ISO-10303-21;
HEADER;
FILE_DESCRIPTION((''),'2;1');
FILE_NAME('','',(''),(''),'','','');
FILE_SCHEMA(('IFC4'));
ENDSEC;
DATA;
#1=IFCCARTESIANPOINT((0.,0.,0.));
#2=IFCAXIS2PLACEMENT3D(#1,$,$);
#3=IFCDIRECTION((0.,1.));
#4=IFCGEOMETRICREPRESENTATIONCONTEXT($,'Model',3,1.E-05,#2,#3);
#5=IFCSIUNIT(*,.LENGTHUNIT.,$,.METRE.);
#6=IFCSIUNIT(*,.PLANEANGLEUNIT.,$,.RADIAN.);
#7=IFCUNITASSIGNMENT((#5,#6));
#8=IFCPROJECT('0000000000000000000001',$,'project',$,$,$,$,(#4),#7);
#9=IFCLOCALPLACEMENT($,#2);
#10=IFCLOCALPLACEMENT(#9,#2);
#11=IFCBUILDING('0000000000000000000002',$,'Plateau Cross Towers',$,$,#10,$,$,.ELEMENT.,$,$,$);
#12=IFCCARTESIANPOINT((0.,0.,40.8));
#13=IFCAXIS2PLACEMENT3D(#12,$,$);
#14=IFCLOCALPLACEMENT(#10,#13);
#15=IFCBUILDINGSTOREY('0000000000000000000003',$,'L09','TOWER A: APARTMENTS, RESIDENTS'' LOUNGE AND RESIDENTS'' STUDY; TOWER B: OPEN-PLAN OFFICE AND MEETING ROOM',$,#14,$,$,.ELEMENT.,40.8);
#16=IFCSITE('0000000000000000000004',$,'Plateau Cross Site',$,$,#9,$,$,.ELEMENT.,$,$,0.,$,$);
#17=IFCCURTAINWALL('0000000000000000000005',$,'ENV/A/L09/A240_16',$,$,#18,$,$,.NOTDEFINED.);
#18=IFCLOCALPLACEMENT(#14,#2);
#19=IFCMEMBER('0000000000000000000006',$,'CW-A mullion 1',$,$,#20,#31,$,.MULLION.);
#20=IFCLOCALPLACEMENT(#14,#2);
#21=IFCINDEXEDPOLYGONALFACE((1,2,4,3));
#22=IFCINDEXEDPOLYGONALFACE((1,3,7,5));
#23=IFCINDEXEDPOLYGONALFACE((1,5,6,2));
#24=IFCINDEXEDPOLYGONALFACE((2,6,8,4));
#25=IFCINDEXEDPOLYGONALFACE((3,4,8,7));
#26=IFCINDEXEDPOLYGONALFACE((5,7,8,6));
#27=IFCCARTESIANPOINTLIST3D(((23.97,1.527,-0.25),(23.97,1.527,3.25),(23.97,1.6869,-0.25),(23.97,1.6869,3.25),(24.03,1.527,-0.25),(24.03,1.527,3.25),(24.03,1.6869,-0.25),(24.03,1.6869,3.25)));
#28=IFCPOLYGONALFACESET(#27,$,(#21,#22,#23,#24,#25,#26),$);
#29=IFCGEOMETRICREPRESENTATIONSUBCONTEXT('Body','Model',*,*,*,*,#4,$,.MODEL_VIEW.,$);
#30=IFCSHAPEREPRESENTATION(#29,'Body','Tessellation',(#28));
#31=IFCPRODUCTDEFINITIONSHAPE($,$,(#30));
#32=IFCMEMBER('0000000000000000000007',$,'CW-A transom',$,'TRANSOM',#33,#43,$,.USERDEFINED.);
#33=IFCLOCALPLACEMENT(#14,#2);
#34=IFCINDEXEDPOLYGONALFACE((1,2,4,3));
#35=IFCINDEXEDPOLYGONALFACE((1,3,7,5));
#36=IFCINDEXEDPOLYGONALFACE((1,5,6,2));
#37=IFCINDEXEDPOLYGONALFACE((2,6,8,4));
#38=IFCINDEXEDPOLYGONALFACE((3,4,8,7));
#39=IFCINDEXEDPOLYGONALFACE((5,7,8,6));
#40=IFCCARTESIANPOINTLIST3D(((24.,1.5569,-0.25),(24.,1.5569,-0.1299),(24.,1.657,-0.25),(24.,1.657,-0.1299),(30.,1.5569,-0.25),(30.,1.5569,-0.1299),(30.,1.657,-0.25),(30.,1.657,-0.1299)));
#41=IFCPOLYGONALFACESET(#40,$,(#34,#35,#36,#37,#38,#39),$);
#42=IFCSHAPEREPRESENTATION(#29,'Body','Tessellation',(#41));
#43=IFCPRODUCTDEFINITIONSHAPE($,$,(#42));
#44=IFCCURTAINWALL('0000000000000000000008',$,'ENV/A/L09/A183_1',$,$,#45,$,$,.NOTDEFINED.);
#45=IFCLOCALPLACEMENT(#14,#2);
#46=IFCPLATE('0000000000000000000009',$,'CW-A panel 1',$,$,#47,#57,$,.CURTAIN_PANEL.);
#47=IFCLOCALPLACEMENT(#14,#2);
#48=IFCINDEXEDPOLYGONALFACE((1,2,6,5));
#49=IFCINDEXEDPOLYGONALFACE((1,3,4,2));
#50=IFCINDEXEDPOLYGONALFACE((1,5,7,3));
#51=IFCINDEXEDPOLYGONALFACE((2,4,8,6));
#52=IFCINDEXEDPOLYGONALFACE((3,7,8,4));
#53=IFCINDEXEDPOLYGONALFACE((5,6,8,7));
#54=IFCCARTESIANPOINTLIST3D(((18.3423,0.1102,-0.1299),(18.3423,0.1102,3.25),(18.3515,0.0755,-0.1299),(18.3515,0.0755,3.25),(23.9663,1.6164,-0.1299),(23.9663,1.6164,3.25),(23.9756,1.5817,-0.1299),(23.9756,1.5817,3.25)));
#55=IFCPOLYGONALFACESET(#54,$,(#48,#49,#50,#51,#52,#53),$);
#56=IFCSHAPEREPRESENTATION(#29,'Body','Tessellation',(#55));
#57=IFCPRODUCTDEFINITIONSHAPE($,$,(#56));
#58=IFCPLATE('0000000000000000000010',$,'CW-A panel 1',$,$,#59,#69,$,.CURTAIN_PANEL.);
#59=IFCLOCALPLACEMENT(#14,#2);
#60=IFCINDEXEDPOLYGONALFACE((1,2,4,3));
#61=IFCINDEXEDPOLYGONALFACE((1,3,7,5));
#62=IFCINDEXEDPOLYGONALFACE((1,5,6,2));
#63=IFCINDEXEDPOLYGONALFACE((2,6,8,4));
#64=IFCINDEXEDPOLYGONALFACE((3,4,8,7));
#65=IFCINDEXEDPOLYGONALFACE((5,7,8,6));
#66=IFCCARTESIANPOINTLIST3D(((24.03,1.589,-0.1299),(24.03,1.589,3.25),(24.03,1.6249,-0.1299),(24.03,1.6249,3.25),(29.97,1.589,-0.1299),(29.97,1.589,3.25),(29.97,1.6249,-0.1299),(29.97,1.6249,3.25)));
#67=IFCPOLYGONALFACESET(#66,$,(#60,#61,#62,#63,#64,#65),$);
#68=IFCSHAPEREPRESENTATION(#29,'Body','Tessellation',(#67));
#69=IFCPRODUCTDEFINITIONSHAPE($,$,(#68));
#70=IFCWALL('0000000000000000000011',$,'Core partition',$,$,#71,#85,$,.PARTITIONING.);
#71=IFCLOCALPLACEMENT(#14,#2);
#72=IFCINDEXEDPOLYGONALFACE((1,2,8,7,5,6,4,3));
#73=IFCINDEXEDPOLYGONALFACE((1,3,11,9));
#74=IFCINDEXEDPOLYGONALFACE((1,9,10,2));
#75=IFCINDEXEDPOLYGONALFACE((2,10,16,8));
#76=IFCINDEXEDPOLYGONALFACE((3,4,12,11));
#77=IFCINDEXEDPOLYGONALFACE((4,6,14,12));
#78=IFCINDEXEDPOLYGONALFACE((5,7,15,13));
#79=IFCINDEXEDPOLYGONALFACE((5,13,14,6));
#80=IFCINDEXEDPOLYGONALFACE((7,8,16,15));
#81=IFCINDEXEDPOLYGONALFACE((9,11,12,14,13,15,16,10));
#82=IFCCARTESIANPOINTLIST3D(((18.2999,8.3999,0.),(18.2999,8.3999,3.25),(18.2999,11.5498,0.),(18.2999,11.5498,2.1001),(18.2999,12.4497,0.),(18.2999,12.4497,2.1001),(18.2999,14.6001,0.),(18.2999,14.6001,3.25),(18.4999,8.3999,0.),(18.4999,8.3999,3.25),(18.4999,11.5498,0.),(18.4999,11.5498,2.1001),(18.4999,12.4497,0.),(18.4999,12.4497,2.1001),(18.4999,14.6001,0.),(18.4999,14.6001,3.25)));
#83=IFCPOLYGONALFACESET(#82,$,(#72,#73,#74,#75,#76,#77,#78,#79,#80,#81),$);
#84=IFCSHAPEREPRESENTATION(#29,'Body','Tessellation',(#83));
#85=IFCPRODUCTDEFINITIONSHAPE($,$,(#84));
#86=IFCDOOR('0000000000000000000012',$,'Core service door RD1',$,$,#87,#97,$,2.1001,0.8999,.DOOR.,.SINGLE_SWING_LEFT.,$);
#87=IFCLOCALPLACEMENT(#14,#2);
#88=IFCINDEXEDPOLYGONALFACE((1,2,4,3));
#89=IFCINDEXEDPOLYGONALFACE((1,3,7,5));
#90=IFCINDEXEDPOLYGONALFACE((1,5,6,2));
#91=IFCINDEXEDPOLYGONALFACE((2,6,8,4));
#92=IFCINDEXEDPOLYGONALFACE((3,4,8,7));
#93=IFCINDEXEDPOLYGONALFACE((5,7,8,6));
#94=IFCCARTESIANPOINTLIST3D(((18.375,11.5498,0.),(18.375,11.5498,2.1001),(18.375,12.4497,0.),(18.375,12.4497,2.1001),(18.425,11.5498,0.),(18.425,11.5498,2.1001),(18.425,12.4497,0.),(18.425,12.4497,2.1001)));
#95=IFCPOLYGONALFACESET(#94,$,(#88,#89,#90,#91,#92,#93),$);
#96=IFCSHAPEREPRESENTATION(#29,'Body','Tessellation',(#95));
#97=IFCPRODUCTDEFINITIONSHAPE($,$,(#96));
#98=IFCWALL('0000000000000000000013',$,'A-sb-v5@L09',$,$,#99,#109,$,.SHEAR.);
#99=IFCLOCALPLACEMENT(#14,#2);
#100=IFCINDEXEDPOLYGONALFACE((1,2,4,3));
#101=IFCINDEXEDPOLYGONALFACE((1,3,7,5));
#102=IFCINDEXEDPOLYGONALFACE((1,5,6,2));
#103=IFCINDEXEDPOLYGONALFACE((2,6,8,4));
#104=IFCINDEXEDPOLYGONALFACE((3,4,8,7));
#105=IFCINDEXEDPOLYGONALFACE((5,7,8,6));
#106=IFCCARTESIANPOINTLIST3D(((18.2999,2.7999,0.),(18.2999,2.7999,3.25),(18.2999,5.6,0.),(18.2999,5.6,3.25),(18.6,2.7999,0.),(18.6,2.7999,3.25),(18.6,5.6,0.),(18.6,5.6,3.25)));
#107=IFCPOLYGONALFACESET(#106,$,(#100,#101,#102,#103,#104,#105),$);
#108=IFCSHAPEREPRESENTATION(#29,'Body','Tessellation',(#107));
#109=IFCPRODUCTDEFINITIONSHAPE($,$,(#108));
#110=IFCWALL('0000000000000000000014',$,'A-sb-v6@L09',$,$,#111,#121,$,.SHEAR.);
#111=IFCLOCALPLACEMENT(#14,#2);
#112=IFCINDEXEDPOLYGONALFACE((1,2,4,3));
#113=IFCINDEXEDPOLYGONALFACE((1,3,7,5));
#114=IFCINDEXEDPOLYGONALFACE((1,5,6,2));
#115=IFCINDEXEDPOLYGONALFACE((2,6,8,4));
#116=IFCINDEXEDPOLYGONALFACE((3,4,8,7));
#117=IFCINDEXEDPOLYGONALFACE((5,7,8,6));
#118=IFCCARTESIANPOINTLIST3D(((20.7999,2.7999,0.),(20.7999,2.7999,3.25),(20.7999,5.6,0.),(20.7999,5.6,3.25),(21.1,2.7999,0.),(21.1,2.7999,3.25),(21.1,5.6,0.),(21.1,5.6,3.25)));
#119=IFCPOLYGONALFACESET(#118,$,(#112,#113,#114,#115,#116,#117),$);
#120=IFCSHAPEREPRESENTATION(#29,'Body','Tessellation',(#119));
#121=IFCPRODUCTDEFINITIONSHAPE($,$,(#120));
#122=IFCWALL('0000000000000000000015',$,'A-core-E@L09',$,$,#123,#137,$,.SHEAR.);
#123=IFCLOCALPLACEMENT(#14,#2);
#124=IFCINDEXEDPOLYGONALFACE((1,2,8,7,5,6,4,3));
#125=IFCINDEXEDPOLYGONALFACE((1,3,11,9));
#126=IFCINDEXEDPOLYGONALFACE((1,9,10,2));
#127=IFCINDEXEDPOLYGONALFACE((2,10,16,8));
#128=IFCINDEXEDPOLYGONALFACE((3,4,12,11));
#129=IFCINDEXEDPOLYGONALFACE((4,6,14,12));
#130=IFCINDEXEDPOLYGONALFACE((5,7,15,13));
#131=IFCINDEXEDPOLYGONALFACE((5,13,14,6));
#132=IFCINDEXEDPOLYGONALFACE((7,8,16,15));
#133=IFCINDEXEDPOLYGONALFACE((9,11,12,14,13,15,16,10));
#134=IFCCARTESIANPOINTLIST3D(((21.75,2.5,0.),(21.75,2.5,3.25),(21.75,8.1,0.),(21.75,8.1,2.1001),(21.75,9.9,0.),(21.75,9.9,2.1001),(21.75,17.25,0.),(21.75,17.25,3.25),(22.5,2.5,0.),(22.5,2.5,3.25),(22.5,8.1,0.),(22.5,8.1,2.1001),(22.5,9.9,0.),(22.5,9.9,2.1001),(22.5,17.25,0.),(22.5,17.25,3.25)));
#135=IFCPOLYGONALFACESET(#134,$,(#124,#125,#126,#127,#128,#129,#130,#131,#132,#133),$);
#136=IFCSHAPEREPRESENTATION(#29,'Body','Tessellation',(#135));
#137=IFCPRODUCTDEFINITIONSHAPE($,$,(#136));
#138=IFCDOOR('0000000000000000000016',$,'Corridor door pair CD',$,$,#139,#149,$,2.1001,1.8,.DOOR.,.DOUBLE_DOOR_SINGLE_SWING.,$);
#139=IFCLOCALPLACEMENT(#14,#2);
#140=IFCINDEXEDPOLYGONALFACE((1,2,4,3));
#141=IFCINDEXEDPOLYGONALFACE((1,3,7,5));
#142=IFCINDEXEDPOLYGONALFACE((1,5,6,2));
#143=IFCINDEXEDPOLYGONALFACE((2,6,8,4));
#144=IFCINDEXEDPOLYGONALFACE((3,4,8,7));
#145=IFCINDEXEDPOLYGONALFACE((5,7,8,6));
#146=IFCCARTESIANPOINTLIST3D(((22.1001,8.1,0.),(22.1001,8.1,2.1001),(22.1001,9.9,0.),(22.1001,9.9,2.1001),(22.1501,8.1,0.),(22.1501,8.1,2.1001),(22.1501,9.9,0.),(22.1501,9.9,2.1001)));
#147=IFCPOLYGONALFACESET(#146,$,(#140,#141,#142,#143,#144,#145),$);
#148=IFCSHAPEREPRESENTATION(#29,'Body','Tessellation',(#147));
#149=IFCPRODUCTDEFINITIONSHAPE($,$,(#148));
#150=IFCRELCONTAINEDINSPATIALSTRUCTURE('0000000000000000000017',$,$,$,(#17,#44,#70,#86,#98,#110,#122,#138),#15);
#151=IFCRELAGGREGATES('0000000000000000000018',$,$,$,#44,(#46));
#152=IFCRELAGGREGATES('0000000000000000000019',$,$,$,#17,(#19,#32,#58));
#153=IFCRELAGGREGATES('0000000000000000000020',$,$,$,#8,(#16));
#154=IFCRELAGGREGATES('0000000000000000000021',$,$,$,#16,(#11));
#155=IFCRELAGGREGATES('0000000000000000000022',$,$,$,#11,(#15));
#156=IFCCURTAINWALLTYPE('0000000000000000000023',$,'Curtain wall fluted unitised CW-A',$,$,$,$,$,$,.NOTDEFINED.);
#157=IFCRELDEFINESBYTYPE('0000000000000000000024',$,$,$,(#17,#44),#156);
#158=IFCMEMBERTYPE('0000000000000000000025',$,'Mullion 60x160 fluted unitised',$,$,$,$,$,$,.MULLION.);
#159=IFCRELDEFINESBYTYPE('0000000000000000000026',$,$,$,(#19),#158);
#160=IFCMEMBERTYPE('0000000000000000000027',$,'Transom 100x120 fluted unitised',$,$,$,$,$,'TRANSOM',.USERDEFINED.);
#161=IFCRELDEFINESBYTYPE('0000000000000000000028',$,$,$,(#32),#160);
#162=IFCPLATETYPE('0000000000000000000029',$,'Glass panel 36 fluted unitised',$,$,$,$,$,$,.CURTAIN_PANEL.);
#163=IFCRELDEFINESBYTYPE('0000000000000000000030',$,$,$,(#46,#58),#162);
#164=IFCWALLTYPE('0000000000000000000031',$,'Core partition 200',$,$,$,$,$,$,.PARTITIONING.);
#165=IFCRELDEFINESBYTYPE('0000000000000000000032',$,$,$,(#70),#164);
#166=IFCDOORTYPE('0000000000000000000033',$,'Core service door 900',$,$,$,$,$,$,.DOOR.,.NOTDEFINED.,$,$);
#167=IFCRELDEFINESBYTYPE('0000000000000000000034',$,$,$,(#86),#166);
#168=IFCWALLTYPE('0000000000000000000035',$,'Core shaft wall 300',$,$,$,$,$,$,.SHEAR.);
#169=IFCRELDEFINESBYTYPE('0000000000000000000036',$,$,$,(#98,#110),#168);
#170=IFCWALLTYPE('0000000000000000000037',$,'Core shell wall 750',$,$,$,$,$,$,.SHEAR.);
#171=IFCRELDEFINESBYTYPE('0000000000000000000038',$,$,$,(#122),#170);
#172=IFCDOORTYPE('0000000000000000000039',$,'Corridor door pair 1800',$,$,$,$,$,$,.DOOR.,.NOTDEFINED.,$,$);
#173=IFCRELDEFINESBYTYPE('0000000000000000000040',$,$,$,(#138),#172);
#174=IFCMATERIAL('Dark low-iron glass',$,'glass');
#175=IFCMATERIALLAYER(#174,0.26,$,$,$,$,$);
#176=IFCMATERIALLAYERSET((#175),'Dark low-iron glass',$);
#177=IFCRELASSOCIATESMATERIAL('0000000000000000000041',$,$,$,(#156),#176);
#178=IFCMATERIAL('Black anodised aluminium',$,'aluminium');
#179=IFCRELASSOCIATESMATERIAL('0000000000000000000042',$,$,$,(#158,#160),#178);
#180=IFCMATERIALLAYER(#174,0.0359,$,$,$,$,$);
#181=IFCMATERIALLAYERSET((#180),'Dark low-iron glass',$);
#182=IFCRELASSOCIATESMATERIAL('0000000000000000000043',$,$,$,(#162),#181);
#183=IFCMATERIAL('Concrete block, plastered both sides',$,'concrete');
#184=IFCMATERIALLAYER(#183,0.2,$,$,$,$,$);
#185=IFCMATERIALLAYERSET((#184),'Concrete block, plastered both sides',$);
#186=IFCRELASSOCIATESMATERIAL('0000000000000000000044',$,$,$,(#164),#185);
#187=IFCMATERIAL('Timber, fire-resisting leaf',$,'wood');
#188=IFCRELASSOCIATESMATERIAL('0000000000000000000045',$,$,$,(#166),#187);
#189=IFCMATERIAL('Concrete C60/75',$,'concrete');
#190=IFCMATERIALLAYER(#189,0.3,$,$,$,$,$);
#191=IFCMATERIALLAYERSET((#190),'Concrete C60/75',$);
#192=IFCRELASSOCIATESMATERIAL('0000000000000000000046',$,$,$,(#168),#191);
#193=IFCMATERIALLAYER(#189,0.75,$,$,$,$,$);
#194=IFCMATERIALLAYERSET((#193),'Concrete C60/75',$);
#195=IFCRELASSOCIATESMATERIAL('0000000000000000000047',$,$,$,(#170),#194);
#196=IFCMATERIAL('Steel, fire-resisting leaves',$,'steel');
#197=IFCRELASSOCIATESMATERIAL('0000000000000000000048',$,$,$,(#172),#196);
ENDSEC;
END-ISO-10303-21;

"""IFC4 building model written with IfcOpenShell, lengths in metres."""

from ifc_helpers import new_model, si_unit, direction, frame, frame_2d, origin, origin_2d, place, context, subcontext, project, spatial, rectangle, extrude, material, layer, layer_set, material_profile, profile_set, type_object, element, fill, aggregate, save


model = new_model("IFC4")

# Units and contexts
model_context = context("Model", 3, precision=1e-05, world=origin(), true_north=direction((0.0, 1.0)))
body_context = subcontext(model_context, "Body", "Model", "MODEL_VIEW")
ifc_project = project(units=[si_unit("LENGTHUNIT", "METRE"), si_unit("PLANEANGLEUNIT", "RADIAN")], contexts=[model_context])

# Site, building, storey
site_placement = place(None, origin())
site = spatial("IfcSite", under=ifc_project, at=site_placement, Name="Plateau Cross Site", CompositionType="ELEMENT", RefElevation=0.0)
building_placement = place(site_placement, origin())
building = spatial("IfcBuilding", under=site, at=building_placement, Name="Plateau Cross Towers", CompositionType="ELEMENT")
storey_placement = place(building_placement, frame((0.0, 0.0, 40.8)))
storey = spatial("IfcBuildingStorey", under=building, at=storey_placement, Name="L09", Description="TOWER A: APARTMENTS, RESIDENTS' LOUNGE AND RESIDENTS' STUDY; TOWER B: OPEN-PLAN OFFICE AND MEETING ROOM", CompositionType="ELEMENT", Elevation=40.8)

# Curtain wall, members
ifc_material_1 = material(Name="Dark low-iron glass", Category="glass")
ifc_layer_1 = layer(ifc_material_1, 0.26)
ifc_layer_set_1 = layer_set([ifc_layer_1], Name="Dark low-iron glass")
curtain_wall_type = type_object("IfcCurtainWallType", Name="Curtain wall fluted unitised CW-A", PredefinedType="NOTDEFINED", material=ifc_layer_set_1)
curtain_wall_1_placement = place(storey_placement, origin())
curtain_wall_1 = element("IfcCurtainWall", 1, at=curtain_wall_1_placement, inside=storey, type_object=curtain_wall_type, Name="ENV/A/L09/A240_16", PredefinedType="NOTDEFINED")
ifc_material_2 = material(Name="Black anodised aluminium", Category="aluminium")
ifc_material_profile_1 = material_profile(ifc_material_2, rectangle(XDim=0.0601, YDim=0.1599, at=origin_2d()), Name="MULLION 60x160")
ifc_profile_set_1 = profile_set([ifc_material_profile_1], Name="Black anodised aluminium")
member_type_1 = type_object("IfcMemberType", Name="Mullion 60x160 fluted unitised", PredefinedType="MULLION", material=ifc_profile_set_1)
member_1_placement = place(storey_placement, frame((24.0, 1.6069, -0.25), z_axis=(0.0, 0.0, 1.0), x_axis=(1.0, 0.0, 0.0)))
member_1 = element("IfcMember", 2, at=member_1_placement, type_object=member_type_1, Name="CW-A mullion 1", PredefinedType="MULLION", context=body_context, shape_type="SweptSolid", body=[
    extrude(rectangle(XDim=0.0601, YDim=0.1599, at=origin_2d()), origin(), (0.0, 0.0, 1.0), 3.5),
])
ifc_material_profile_2 = material_profile(ifc_material_2, rectangle(XDim=0.1001, YDim=0.1201, at=origin_2d()), Name="TRANSOM 100x120")
ifc_profile_set_2 = profile_set([ifc_material_profile_2], Name="Black anodised aluminium")
member_type_2 = type_object("IfcMemberType", Name="Transom 100x120 fluted unitised", ElementType="TRANSOM", PredefinedType="USERDEFINED", material=ifc_profile_set_2)
member_2_placement = place(storey_placement, frame((24.0, 1.6069, -0.1899), z_axis=(1.0, 0.0, 0.0), x_axis=(0.0, 1.0, 0.0)))
member_2 = element("IfcMember", 3, at=member_2_placement, type_object=member_type_2, Name="CW-A transom", ObjectType="TRANSOM", PredefinedType="USERDEFINED", context=body_context, shape_type="SweptSolid", body=[
    extrude(rectangle(XDim=0.1001, YDim=0.1201, at=origin_2d()), origin(), (0.0, 0.0, 1.0), 6.0),
])

# Curtain wall, plate
curtain_wall_2_placement = place(storey_placement, origin())
curtain_wall_2 = element("IfcCurtainWall", 4, at=curtain_wall_2_placement, inside=storey, type_object=curtain_wall_type, Name="ENV/A/L09/A183_1", PredefinedType="NOTDEFINED")
ifc_layer_2 = layer(ifc_material_1, 0.0359)
ifc_layer_set_2 = layer_set([ifc_layer_2], Name="Dark low-iron glass")
plate_type = type_object("IfcPlateType", Name="Glass panel 36 fluted unitised", PredefinedType="CURTAIN_PANEL", material=ifc_layer_set_2)
plate_1_placement = place(storey_placement, frame((21.1589, 0.8459, -0.1299), z_axis=(0.0, 0.0, 1.0), x_axis=(0.965958, 0.258699, 0.0)))
plate_1 = element("IfcPlate", 5, at=plate_1_placement, type_object=plate_type, Name="CW-A panel 1", PredefinedType="CURTAIN_PANEL", context=body_context, shape_type="SweptSolid", body=[
    extrude(rectangle(XDim=5.8223, YDim=0.0359, at=origin_2d()), origin(), (0.0, 0.0, 1.0), 3.3799),
])
aggregate(curtain_wall_2, [plate_1])

# Plate
plate_2_placement = place(storey_placement, frame((27.0, 1.6069, -0.1299), z_axis=(0.0, 0.0, 1.0), x_axis=(1.0, 0.0, 0.0)))
plate_2 = element("IfcPlate", 6, at=plate_2_placement, type_object=plate_type, Name="CW-A panel 1", PredefinedType="CURTAIN_PANEL", context=body_context, shape_type="SweptSolid", body=[
    extrude(rectangle(XDim=5.9399, YDim=0.0359, at=origin_2d()), origin(), (0.0, 0.0, 1.0), 3.3799),
])
aggregate(curtain_wall_1, [member_1, member_2, plate_2])

# Wall, opening, door
ifc_material_3 = material(Name="Concrete block, plastered both sides", Category="concrete")
ifc_layer_3 = layer(ifc_material_3, 0.2)
ifc_layer_set_3 = layer_set([ifc_layer_3], Name="Concrete block, plastered both sides")
wall_type_1 = type_object("IfcWallType", Name="Core partition 200", PredefinedType="PARTITIONING", material=ifc_layer_set_3)
wall_1_placement = place(storey_placement, frame((18.3999, 8.3999, 0.0), z_axis=(0.0, 0.0, 1.0), x_axis=(0.0, 1.0, 0.0)))
wall_1 = element("IfcWall", 7, at=wall_1_placement, inside=storey, type_object=wall_type_1, Name="Core partition", PredefinedType="PARTITIONING", context=body_context, shape_type="SweptSolid", body=[
    extrude(rectangle(XDim=6.2002, YDim=0.2, at=frame_2d((3.1001, 0.0))), origin(), (0.0, 0.0, 1.0), 3.25),
])
opening_1_placement = place(wall_1_placement, frame((3.1499, 0.0, 0.0)))
opening_1 = element("IfcOpeningElement", 8, at=opening_1_placement, cuts=wall_1, PredefinedType="OPENING", context=body_context, shape_type="SweptSolid", body=[
    extrude(rectangle(XDim=0.8999, YDim=2.1001, at=frame_2d((0.45, 1.05))), frame((0.0, 0.1099, 0.0), z_axis=(0.0, -1.0, 0.0), x_axis=(1.0, 0.0, 0.0)), (0.0, 0.0, 1.0), 0.22),
])
ifc_material_4 = material(Name="Timber, fire-resisting leaf", Category="wood")
door_type_1 = type_object("IfcDoorType", Name="Core service door 900", OperationType="NOTDEFINED", PredefinedType="DOOR", material=ifc_material_4)
door_1_placement = place(opening_1_placement, origin())
door_1 = element("IfcDoor", 9, at=door_1_placement, inside=storey, type_object=door_type_1, Name="Core service door RD1", OperationType="SINGLE_SWING_LEFT", OverallHeight=2.1001, OverallWidth=0.8999, PredefinedType="DOOR", context=body_context, shape_type="SweptSolid", body=[
    extrude(rectangle(XDim=0.8999, YDim=2.1001, at=frame_2d((0.45, 1.05))), frame((0.0, 0.0249, 0.0), z_axis=(0.0, -1.0, 0.0), x_axis=(1.0, 0.0, 0.0)), (0.0, 0.0, 1.0), 0.05),
])
fill(opening_1, door_1)

# Walls
ifc_material_5 = material(Name="Concrete C60/75", Category="concrete")
ifc_layer_4 = layer(ifc_material_5, 0.3)
ifc_layer_set_4 = layer_set([ifc_layer_4], Name="Concrete C60/75")
wall_type_2 = type_object("IfcWallType", Name="Core shaft wall 300", PredefinedType="SHEAR", material=ifc_layer_set_4)
for number, where, z_axis, x_axis, name in (
    (10, (18.45, 2.8, 0.0), (0.0, 0.0, 1.0), (0.0, 1.0, 0.0), "A-sb-v5@L09"),
    (11, (20.95, 2.8, 0.0), (0.0, 0.0, 1.0), (0.0, 1.0, 0.0), "A-sb-v6@L09"),
):
    element("IfcWall", number, at=place(storey_placement, frame(where, z_axis=z_axis, x_axis=x_axis)), inside=storey, type_object=wall_type_2, Name=name, PredefinedType="SHEAR", context=body_context, shape_type="SweptSolid", body=[
        extrude(rectangle(XDim=2.8, YDim=0.3, at=frame_2d((1.3999, 0.0))), origin(), (0.0, 0.0, 1.0), 3.25),
    ])

# Wall, opening, door
ifc_layer_5 = layer(ifc_material_5, 0.75)
ifc_layer_set_5 = layer_set([ifc_layer_5], Name="Concrete C60/75")
wall_type_3 = type_object("IfcWallType", Name="Core shell wall 750", PredefinedType="SHEAR", material=ifc_layer_set_5)
wall_2_placement = place(storey_placement, frame((22.125, 2.5, 0.0), z_axis=(0.0, 0.0, 1.0), x_axis=(0.0, 1.0, 0.0)))
wall_2 = element("IfcWall", 12, at=wall_2_placement, inside=storey, type_object=wall_type_3, Name="A-core-E@L09", PredefinedType="SHEAR", context=body_context, shape_type="SweptSolid", body=[
    extrude(rectangle(XDim=14.75, YDim=0.75, at=frame_2d((7.375, 0.0))), origin(), (0.0, 0.0, 1.0), 3.25),
])
opening_2_placement = place(wall_2_placement, frame((5.6001, 0.0, 0.0)))
opening_2 = element("IfcOpeningElement", 13, at=opening_2_placement, cuts=wall_2, PredefinedType="OPENING", context=body_context, shape_type="SweptSolid", body=[
    extrude(rectangle(XDim=1.8, YDim=2.1001, at=frame_2d((0.8999, 1.05))), frame((0.0, 0.385, 0.0), z_axis=(0.0, -1.0, 0.0), x_axis=(1.0, 0.0, 0.0)), (0.0, 0.0, 1.0), 0.77),
])
ifc_material_6 = material(Name="Steel, fire-resisting leaves", Category="steel")
door_type_2 = type_object("IfcDoorType", Name="Corridor door pair 1800", OperationType="NOTDEFINED", PredefinedType="DOOR", material=ifc_material_6)
door_2_placement = place(opening_2_placement, origin())
door_2 = element("IfcDoor", 14, at=door_2_placement, inside=storey, type_object=door_type_2, Name="Corridor door pair CD", OperationType="DOUBLE_DOOR_SINGLE_SWING", OverallHeight=2.1001, OverallWidth=1.8, PredefinedType="DOOR", context=body_context, shape_type="SweptSolid", body=[
    extrude(rectangle(XDim=1.8, YDim=2.1001, at=frame_2d((0.8999, 1.05))), frame((0.0, 0.0249, 0.0), z_axis=(0.0, -1.0, 0.0), x_axis=(1.0, 0.0, 0.0)), (0.0, 0.0, 1.0), 0.05),
])
fill(opening_2, door_2)

save(model, "model.ifc")
